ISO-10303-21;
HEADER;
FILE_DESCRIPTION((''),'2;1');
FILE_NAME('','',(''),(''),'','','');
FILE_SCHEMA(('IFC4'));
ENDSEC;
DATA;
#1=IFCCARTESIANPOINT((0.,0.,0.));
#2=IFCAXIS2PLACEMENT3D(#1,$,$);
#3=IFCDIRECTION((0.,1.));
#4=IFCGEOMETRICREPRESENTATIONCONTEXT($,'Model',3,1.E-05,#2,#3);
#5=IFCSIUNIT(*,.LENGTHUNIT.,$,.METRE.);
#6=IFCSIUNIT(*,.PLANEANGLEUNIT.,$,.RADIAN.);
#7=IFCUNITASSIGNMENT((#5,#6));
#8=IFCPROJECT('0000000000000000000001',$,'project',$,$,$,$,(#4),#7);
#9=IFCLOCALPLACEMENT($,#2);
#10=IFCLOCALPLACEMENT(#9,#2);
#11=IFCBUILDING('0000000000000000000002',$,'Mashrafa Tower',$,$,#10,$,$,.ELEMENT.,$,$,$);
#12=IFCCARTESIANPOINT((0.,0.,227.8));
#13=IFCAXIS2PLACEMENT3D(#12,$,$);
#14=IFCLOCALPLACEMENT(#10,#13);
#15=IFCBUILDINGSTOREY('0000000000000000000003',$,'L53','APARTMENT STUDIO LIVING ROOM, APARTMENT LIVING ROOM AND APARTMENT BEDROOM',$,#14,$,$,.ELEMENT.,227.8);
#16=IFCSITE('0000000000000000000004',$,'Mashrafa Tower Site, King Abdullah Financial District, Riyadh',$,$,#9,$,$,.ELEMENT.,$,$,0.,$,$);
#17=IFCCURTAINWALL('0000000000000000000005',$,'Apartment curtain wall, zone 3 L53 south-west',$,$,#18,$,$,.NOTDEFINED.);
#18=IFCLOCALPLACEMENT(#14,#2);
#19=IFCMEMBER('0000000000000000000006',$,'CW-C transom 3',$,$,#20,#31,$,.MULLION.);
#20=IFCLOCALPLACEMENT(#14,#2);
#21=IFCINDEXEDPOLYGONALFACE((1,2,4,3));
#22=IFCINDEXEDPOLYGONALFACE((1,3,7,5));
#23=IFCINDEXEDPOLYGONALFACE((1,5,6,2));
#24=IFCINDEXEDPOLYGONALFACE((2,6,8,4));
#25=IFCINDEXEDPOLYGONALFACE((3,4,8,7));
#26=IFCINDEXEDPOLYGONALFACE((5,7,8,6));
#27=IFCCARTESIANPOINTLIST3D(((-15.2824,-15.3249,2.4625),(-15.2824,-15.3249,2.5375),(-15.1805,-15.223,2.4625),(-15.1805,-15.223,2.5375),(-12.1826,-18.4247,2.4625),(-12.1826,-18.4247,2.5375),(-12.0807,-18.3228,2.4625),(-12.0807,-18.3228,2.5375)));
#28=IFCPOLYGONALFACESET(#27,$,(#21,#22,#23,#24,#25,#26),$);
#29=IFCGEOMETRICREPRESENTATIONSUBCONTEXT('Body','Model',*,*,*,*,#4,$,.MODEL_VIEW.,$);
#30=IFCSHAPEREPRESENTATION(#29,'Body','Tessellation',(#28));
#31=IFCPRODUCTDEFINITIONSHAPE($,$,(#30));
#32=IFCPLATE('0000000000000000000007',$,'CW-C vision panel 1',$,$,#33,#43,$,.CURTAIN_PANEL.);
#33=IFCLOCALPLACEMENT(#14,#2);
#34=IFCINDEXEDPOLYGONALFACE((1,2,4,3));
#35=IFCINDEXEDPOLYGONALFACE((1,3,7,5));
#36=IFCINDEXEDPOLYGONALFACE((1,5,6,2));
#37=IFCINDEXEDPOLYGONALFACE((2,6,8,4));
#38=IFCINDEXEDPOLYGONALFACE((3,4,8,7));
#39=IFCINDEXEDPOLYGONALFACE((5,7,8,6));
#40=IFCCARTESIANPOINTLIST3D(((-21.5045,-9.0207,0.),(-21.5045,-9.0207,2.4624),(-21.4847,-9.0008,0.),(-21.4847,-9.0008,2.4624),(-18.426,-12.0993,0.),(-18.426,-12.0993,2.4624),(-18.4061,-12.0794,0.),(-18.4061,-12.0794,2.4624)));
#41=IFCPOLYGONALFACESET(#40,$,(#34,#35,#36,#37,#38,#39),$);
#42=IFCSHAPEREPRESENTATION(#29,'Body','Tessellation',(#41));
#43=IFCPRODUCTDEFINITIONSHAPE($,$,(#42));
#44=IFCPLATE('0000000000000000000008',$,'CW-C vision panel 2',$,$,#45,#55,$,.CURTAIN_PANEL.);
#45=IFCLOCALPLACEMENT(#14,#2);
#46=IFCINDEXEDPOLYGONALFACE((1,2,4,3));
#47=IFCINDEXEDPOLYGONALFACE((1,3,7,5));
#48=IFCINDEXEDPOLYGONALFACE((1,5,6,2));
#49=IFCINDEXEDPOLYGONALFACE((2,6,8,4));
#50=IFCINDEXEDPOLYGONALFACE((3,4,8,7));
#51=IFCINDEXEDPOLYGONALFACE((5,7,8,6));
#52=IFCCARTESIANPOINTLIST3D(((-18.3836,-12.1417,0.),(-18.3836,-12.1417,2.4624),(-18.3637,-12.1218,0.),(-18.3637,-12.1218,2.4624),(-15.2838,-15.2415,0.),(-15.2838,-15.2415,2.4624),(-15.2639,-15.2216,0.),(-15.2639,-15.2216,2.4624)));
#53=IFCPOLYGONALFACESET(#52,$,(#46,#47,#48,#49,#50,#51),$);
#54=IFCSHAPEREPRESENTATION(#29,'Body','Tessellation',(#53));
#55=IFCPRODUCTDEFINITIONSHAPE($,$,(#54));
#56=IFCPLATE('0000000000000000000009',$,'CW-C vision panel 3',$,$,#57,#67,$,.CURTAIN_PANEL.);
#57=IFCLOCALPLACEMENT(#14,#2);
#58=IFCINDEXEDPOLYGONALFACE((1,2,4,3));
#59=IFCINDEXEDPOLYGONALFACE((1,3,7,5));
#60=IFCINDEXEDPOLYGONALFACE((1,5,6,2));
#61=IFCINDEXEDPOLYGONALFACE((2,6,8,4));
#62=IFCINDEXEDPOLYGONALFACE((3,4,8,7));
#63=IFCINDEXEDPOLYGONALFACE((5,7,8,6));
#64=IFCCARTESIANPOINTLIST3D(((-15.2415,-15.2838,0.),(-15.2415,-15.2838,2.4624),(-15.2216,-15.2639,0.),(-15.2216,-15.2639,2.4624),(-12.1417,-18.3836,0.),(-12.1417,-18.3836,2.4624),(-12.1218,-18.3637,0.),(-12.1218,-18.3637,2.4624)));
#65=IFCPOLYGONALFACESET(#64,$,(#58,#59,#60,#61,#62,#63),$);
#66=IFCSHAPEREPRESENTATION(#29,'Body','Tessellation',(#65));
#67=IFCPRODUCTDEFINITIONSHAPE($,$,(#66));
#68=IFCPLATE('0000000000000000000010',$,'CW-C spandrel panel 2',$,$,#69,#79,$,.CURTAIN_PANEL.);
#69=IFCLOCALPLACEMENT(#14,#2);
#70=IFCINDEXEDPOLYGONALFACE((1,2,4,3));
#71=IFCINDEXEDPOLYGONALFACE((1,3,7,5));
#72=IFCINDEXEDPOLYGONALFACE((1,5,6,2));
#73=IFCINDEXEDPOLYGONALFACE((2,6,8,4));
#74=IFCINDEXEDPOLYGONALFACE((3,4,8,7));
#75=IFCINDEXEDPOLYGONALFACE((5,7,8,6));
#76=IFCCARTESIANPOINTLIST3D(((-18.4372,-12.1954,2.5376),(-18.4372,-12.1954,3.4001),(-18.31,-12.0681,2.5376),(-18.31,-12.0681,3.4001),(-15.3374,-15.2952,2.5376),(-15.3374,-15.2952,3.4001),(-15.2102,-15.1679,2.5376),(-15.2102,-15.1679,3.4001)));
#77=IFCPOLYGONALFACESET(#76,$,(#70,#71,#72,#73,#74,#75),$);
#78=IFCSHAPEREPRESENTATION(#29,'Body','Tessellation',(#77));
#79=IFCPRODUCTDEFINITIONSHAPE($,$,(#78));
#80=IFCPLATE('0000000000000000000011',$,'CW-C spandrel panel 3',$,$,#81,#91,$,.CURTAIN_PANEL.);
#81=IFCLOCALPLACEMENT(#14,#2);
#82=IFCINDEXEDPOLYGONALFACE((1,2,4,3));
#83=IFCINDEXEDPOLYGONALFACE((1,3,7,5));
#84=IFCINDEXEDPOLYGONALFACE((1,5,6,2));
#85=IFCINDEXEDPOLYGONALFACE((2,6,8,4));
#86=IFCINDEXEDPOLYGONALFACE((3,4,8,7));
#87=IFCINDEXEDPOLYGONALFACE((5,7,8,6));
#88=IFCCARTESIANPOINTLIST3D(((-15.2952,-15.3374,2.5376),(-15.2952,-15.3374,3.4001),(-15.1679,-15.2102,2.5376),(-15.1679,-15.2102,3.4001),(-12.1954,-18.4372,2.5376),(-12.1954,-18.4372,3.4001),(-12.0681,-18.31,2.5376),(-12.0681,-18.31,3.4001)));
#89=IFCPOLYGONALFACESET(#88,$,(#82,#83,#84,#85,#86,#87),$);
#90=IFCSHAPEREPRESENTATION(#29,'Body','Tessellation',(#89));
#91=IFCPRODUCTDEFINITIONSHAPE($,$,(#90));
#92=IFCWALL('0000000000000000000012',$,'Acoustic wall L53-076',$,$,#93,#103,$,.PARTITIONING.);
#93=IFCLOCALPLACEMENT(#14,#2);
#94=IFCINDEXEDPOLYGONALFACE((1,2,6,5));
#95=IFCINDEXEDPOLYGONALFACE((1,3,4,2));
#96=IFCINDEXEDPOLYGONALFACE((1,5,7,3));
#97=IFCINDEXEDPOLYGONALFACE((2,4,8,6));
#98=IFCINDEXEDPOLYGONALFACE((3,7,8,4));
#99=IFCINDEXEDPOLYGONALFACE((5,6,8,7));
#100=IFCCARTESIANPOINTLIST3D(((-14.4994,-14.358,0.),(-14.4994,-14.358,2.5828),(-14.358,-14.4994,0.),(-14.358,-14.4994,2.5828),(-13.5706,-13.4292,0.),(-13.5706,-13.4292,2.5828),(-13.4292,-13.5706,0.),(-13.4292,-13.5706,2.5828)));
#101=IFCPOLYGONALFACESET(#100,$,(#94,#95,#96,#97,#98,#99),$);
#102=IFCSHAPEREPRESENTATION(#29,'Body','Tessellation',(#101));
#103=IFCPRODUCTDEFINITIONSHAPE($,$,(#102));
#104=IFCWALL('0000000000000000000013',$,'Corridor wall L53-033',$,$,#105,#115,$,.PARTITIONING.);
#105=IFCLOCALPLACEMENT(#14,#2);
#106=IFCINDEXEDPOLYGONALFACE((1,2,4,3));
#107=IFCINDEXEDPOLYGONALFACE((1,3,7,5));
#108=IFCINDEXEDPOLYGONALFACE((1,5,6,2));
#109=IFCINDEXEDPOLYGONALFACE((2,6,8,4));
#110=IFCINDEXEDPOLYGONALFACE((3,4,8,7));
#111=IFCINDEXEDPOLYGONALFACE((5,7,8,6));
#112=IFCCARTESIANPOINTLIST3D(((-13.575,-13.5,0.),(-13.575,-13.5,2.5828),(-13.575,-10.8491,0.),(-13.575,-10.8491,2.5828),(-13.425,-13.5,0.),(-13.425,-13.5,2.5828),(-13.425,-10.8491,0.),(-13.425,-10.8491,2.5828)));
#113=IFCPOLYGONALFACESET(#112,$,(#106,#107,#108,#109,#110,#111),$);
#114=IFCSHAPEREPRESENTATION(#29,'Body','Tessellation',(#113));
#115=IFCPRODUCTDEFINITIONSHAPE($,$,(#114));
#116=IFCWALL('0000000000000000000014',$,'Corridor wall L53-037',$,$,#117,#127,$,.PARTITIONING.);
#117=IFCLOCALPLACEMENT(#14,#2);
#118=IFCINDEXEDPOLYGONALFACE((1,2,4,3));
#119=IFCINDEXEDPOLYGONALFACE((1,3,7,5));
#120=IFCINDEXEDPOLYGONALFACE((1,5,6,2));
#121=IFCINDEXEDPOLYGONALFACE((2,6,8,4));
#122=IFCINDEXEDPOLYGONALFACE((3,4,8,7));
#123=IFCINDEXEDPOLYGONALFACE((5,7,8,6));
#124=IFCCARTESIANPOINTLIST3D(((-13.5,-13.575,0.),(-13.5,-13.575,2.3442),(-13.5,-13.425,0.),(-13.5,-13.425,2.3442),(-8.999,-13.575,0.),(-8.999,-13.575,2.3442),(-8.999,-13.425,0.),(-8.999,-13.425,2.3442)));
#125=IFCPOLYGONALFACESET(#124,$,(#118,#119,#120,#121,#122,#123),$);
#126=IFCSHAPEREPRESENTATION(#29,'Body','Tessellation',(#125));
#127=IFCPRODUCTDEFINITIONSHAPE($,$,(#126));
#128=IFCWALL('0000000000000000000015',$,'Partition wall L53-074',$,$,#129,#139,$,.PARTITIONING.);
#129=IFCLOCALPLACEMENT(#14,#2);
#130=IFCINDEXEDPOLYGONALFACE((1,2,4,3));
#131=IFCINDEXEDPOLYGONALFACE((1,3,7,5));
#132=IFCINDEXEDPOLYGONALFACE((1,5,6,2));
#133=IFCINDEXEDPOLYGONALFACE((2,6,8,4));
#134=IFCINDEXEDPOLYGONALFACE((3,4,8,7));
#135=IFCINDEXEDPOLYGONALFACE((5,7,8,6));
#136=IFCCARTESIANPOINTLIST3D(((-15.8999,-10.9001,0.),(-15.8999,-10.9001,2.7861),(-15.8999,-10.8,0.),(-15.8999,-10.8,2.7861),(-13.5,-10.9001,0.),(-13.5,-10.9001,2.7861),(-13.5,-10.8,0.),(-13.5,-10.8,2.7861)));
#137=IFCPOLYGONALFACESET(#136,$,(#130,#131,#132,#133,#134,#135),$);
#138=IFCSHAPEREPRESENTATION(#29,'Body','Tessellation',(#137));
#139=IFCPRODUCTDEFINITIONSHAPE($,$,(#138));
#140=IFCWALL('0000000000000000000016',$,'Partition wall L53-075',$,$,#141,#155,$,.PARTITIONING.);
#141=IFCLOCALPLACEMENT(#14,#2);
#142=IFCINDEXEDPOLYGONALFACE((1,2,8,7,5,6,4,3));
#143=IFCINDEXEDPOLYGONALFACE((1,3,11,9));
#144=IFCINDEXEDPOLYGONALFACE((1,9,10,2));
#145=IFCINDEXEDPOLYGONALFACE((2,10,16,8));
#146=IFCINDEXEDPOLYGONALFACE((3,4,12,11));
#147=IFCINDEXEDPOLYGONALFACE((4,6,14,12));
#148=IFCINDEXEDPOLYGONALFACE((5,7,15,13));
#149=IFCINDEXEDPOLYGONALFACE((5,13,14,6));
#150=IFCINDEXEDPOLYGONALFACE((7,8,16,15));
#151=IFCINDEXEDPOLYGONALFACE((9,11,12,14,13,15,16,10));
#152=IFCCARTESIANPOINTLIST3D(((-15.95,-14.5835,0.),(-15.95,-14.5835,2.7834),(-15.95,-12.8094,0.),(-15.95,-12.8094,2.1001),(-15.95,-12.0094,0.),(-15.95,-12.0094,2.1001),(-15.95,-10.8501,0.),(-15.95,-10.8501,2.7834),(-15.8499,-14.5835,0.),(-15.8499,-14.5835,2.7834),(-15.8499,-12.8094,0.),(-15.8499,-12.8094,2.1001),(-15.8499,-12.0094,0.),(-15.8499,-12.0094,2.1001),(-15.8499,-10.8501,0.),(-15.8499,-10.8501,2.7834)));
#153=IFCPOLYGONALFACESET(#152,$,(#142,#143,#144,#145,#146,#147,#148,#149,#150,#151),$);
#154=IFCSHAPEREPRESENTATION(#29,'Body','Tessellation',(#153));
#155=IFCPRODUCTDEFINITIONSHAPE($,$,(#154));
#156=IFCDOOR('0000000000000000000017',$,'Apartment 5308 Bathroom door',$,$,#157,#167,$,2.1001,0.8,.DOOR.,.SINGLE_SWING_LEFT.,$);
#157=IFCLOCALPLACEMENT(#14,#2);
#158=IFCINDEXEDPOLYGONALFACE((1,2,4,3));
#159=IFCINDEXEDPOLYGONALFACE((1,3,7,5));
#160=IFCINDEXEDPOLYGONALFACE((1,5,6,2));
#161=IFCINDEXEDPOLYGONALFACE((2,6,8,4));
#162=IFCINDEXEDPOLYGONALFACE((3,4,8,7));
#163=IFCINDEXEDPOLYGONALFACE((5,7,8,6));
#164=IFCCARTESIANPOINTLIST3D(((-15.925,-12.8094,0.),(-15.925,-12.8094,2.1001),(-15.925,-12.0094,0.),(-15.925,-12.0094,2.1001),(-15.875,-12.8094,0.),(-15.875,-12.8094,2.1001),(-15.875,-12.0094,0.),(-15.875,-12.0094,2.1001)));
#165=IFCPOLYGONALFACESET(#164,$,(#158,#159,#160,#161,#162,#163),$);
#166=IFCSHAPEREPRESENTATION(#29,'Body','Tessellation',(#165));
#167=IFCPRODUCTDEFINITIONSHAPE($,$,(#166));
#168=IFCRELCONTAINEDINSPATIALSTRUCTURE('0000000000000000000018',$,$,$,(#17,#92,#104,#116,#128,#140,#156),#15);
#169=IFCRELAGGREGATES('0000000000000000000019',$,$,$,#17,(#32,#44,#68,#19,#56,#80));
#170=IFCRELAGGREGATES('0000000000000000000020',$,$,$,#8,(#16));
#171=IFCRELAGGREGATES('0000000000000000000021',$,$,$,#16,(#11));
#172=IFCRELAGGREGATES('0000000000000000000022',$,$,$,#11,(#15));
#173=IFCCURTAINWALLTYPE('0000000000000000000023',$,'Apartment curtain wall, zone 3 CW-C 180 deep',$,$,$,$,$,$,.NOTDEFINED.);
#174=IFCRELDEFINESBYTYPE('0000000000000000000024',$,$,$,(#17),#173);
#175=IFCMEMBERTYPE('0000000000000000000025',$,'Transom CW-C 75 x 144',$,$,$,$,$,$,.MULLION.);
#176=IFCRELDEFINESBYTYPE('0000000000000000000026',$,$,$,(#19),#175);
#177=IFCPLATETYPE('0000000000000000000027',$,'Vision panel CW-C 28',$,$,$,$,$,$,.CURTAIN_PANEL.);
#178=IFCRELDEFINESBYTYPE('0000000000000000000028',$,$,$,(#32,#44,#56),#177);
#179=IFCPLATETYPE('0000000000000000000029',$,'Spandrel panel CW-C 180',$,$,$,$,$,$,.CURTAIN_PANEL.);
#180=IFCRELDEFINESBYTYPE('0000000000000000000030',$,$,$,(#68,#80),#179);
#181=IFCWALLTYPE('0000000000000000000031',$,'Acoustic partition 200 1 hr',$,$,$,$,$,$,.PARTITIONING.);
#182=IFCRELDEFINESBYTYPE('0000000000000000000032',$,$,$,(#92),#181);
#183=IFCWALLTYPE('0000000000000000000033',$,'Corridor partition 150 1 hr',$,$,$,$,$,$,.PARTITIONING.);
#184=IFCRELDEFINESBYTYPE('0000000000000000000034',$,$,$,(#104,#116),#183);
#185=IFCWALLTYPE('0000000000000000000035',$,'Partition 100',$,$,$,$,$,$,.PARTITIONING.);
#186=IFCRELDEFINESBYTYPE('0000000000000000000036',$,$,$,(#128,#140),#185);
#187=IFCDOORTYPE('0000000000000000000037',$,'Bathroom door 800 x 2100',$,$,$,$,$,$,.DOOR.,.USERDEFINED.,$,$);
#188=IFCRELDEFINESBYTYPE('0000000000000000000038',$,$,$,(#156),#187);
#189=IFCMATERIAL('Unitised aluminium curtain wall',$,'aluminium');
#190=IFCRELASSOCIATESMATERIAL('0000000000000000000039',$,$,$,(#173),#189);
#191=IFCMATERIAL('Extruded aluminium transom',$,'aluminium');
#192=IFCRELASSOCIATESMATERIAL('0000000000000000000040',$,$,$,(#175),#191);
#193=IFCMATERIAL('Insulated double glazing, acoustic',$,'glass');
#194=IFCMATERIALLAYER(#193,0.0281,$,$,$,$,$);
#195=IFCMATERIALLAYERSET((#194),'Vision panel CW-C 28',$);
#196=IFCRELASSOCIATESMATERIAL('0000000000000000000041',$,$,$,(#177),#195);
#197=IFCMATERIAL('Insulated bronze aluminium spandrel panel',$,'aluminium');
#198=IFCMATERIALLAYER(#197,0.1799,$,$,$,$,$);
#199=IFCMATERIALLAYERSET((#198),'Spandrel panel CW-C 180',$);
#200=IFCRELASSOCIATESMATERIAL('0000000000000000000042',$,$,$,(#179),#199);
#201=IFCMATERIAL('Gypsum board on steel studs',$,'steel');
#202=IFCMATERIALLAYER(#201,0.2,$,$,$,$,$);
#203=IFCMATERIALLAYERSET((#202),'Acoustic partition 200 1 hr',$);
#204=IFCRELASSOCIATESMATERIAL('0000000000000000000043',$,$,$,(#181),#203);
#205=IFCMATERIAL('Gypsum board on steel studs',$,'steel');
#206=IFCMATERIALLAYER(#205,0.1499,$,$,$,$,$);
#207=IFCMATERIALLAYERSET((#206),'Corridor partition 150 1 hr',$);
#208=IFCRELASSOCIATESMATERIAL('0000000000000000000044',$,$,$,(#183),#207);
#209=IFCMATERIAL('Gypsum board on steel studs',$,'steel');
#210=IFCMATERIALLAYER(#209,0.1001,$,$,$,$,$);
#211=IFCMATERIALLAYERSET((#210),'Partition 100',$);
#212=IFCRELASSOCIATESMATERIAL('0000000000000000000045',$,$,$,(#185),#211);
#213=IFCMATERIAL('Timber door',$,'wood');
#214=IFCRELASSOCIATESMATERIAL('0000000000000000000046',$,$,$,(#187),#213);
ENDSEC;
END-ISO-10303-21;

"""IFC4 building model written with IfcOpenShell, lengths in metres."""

from ifc_helpers import new_model, si_unit, direction, frame, frame_2d, origin, origin_2d, place, context, subcontext, project, spatial, rectangle, extrude, source, transform, mapped, material, layer, layer_set, material_profile, profile_set, type_object, type_shapes, element, fill, aggregate, save


model = new_model("IFC4")

# Units and contexts
model_context = context("Model", 3, precision=1e-05, world=origin(), true_north=direction((0.0, 1.0)))
body_context = subcontext(model_context, "Body", "Model", "MODEL_VIEW")
ifc_project = project(units=[si_unit("LENGTHUNIT", "METRE"), si_unit("PLANEANGLEUNIT", "RADIAN")], contexts=[model_context])

# Site, building, storey
site_placement = place(None, origin())
site = spatial("IfcSite", under=ifc_project, at=site_placement, Name="Mashrafa Tower Site, King Abdullah Financial District, Riyadh", CompositionType="ELEMENT", RefElevation=0.0)
building_placement = place(site_placement, origin())
building = spatial("IfcBuilding", under=site, at=building_placement, Name="Mashrafa Tower", CompositionType="ELEMENT")
storey_placement = place(building_placement, frame((0.0, 0.0, 227.8)))
storey = spatial("IfcBuildingStorey", under=building, at=storey_placement, Name="L53", Description="APARTMENT STUDIO LIVING ROOM, APARTMENT LIVING ROOM AND APARTMENT BEDROOM", CompositionType="ELEMENT", Elevation=227.8)

# Curtain wall, member, plates
ifc_material_1 = material(Name="Unitised aluminium curtain wall", Category="aluminium")
curtain_wall_type = type_object("IfcCurtainWallType", Name="Apartment curtain wall, zone 3 CW-C 180 deep", PredefinedType="NOTDEFINED", material=ifc_material_1)
curtain_wall_placement = place(storey_placement, origin())
curtain_wall = element("IfcCurtainWall", 1, at=curtain_wall_placement, inside=storey, type_object=curtain_wall_type, Name="Apartment curtain wall, zone 3 L53 south-west", PredefinedType="NOTDEFINED")
ifc_material_2 = material(Name="Extruded aluminium transom", Category="aluminium")
ifc_material_profile_1 = material_profile(ifc_material_2, rectangle(XDim=0.144, YDim=0.075, at=origin_2d()), Name="Transom 75x144")
ifc_profile_set_1 = profile_set([ifc_material_profile_1], Name="Extruded aluminium transom")
member_type_1 = type_object("IfcMemberType", Name="Transom CW-C 75 x 144", PredefinedType="MULLION", material=ifc_profile_set_1)
shared_shape_1 = source(origin(), body_context, "Body", "SweptSolid", [
    extrude(rectangle(XDim=0.144, YDim=0.075, at=origin_2d()), origin(), (0.0, 0.0, 1.0), 4.3838),
])
member_1_placement = place(storey_placement, frame((-15.2314, -15.2739, 2.5), z_axis=(0.707107, -0.707107, 0.0), x_axis=(0.707107, 0.707107, 0.0)))
member_1 = element("IfcMember", 2, at=member_1_placement, type_object=member_type_1, Name="CW-C transom 3", PredefinedType="MULLION", context=body_context, shape_type="MappedRepresentation", body=[
    mapped(shared_shape_1, transform((0.0, 0.0, 0.0))),
])
ifc_material_3 = material(Name="Insulated double glazing, acoustic", Category="glass")
ifc_layer_1 = layer(ifc_material_3, 0.0281)
ifc_layer_set_1 = layer_set([ifc_layer_1], Name="Vision panel CW-C 28")
plate_type_1 = type_object("IfcPlateType", Name="Vision panel CW-C 28", PredefinedType="CURTAIN_PANEL", material=ifc_layer_set_1)
shared_shape_2 = source(origin(), body_context, "Body", "SweptSolid", [
    extrude(rectangle(XDim=4.3538, YDim=0.0281, at=origin_2d()), origin(), (0.0, 0.0, 1.0), 2.4624),
])
plate_1_placement = place(storey_placement, frame((-19.9553, -10.55, 0.0), z_axis=(0.0, 0.0, 1.0), x_axis=(0.707107, -0.707107, 0.0)))
plate_1 = element("IfcPlate", 3, at=plate_1_placement, type_object=plate_type_1, Name="CW-C vision panel 1", PredefinedType="CURTAIN_PANEL", context=body_context, shape_type="MappedRepresentation", body=[
    mapped(shared_shape_2, transform((0.0, 0.0, 0.0))),
])
shared_shape_3 = source(origin(), body_context, "Body", "SweptSolid", [
    extrude(rectangle(XDim=4.3838, YDim=0.0281, at=origin_2d()), origin(), (0.0, 0.0, 1.0), 2.4624),
])
type_shapes(plate_type_1, [shared_shape_2, shared_shape_3])
plate_2_placement = place(storey_placement, frame((-16.8237, -13.6816, 0.0), z_axis=(0.0, 0.0, 1.0), x_axis=(0.707107, -0.707107, 0.0)))
plate_2 = element("IfcPlate", 4, at=plate_2_placement, type_object=plate_type_1, Name="CW-C vision panel 2", PredefinedType="CURTAIN_PANEL", context=body_context, shape_type="MappedRepresentation", body=[
    mapped(shared_shape_3, transform((0.0, 0.0, 0.0))),
])
plate_3_placement = place(storey_placement, frame((-13.6816, -16.8237, 0.0), z_axis=(0.0, 0.0, 1.0), x_axis=(0.707107, -0.707107, 0.0)))
plate_3 = element("IfcPlate", 5, at=plate_3_placement, type_object=plate_type_1, Name="CW-C vision panel 3", PredefinedType="CURTAIN_PANEL", context=body_context, shape_type="MappedRepresentation", body=[
    mapped(shared_shape_3, transform((0.0, 0.0, 0.0))),
])
ifc_material_4 = material(Name="Insulated bronze aluminium spandrel panel", Category="aluminium")
ifc_layer_2 = layer(ifc_material_4, 0.1799)
ifc_layer_set_2 = layer_set([ifc_layer_2], Name="Spandrel panel CW-C 180")
plate_type_2 = type_object("IfcPlateType", Name="Spandrel panel CW-C 180", PredefinedType="CURTAIN_PANEL", material=ifc_layer_set_2)
shared_shape_4 = source(origin(), body_context, "Body", "SweptSolid", [
    extrude(rectangle(XDim=4.3838, YDim=0.1799, at=origin_2d()), origin(), (0.0, 0.0, 1.0), 0.8625),
])
type_shapes(plate_type_2, [shared_shape_4])
plate_4_placement = place(storey_placement, frame((-16.8237, -13.6816, 2.5376), z_axis=(0.0, 0.0, 1.0), x_axis=(0.707107, -0.707107, 0.0)))
plate_4 = element("IfcPlate", 6, at=plate_4_placement, type_object=plate_type_2, Name="CW-C spandrel panel 2", PredefinedType="CURTAIN_PANEL", context=body_context, shape_type="MappedRepresentation", body=[
    mapped(shared_shape_4, transform((0.0, 0.0, 0.0))),
])
plate_5_placement = place(storey_placement, frame((-13.6816, -16.8237, 2.5376), z_axis=(0.0, 0.0, 1.0), x_axis=(0.707107, -0.707107, 0.0)))
plate_5 = element("IfcPlate", 7, at=plate_5_placement, type_object=plate_type_2, Name="CW-C spandrel panel 3", PredefinedType="CURTAIN_PANEL", context=body_context, shape_type="MappedRepresentation", body=[
    mapped(shared_shape_4, transform((0.0, 0.0, 0.0))),
])
aggregate(curtain_wall, [plate_1, plate_2, plate_4, member_1, plate_3, plate_5])

# Walls
ifc_material_5 = material(Name="Gypsum board on steel studs", Category="steel")
ifc_layer_3 = layer(ifc_material_5, 0.2)
ifc_layer_set_3 = layer_set([ifc_layer_3], Name="Acoustic partition 200 1 hr")
wall_type_1 = type_object("IfcWallType", Name="Acoustic partition 200 1 hr", PredefinedType="PARTITIONING", material=ifc_layer_set_3)
wall_1_placement = place(storey_placement, frame((-14.4287, -14.4287, 0.0), z_axis=(0.0, 0.0, 1.0), x_axis=(0.707107, 0.707107, 0.0)))
element("IfcWall", 8, at=wall_1_placement, inside=storey, type_object=wall_type_1, Name="Acoustic wall L53-076", PredefinedType="PARTITIONING", context=body_context, shape_type="SweptSolid", body=[
    extrude(rectangle(XDim=1.3135, YDim=0.2, at=frame_2d((0.6567, 0.0))), origin(), (0.0, 0.0, 1.0), 2.5828),
])
ifc_material_6 = material(Name="Gypsum board on steel studs", Category="steel")
ifc_layer_4 = layer(ifc_material_6, 0.1499)
ifc_layer_set_4 = layer_set([ifc_layer_4], Name="Corridor partition 150 1 hr")
wall_type_2 = type_object("IfcWallType", Name="Corridor partition 150 1 hr", PredefinedType="PARTITIONING", material=ifc_layer_set_4)
wall_2_placement = place(storey_placement, frame((-13.5, -10.8491, 0.0), z_axis=(0.0, 0.0, 1.0), x_axis=(0.0, -1.0, 0.0)))
element("IfcWall", 9, at=wall_2_placement, inside=storey, type_object=wall_type_2, Name="Corridor wall L53-033", PredefinedType="PARTITIONING", context=body_context, shape_type="SweptSolid", body=[
    extrude(rectangle(XDim=2.6509, YDim=0.1499, at=frame_2d((1.3254, 0.0))), origin(), (0.0, 0.0, 1.0), 2.5828),
])
wall_3_placement = place(storey_placement, frame((-13.5, -13.5, 0.0), z_axis=(0.0, 0.0, 1.0), x_axis=(1.0, 0.0, 0.0)))
element("IfcWall", 10, at=wall_3_placement, inside=storey, type_object=wall_type_2, Name="Corridor wall L53-037", PredefinedType="PARTITIONING", context=body_context, shape_type="SweptSolid", body=[
    extrude(rectangle(XDim=4.501, YDim=0.1499, at=frame_2d((2.2505, 0.0))), origin(), (0.0, 0.0, 1.0), 2.3442),
])
ifc_material_7 = material(Name="Gypsum board on steel studs", Category="steel")
ifc_layer_5 = layer(ifc_material_7, 0.1001)
ifc_layer_set_5 = layer_set([ifc_layer_5], Name="Partition 100")
wall_type_3 = type_object("IfcWallType", Name="Partition 100", PredefinedType="PARTITIONING", material=ifc_layer_set_5)
wall_4_placement = place(storey_placement, frame((-13.5, -10.8501, 0.0), z_axis=(0.0, 0.0, 1.0), x_axis=(-1.0, 0.0, 0.0)))
element("IfcWall", 11, at=wall_4_placement, inside=storey, type_object=wall_type_3, Name="Partition wall L53-074", PredefinedType="PARTITIONING", context=body_context, shape_type="SweptSolid", body=[
    extrude(rectangle(XDim=2.3999, YDim=0.1001, at=frame_2d((1.2, 0.0))), origin(), (0.0, 0.0, 1.0), 2.7861),
])

# Wall, opening, door
wall_5_placement = place(storey_placement, frame((-15.8999, -10.8501, 0.0), z_axis=(0.0, 0.0, 1.0), x_axis=(0.0, -1.0, 0.0)))
wall_5 = element("IfcWall", 12, at=wall_5_placement, inside=storey, type_object=wall_type_3, Name="Partition wall L53-075", PredefinedType="PARTITIONING", context=body_context, shape_type="SweptSolid", body=[
    extrude(rectangle(XDim=3.7334, YDim=0.1001, at=frame_2d((1.8667, 0.0))), origin(), (0.0, 0.0, 1.0), 2.7834),
])
opening_placement = place(wall_5_placement, frame((1.1594, 0.0, 0.0)))
opening = element("IfcOpeningElement", 13, at=opening_placement, cuts=wall_5, PredefinedType="OPENING", context=body_context, shape_type="SweptSolid", body=[
    extrude(rectangle(XDim=0.8, YDim=2.1001, at=frame_2d((0.3999, 1.05))), frame((0.0, 0.0601, 0.0), z_axis=(0.0, -1.0, 0.0), x_axis=(1.0, 0.0, 0.0)), (0.0, 0.0, 1.0), 0.1201),
])
ifc_material_8 = material(Name="Timber door", Category="wood")
door_type = type_object("IfcDoorType", Name="Bathroom door 800 x 2100", OperationType="USERDEFINED", PredefinedType="DOOR", material=ifc_material_8)
door_placement = place(opening_placement, origin())
door = element("IfcDoor", 14, at=door_placement, inside=storey, type_object=door_type, Name="Apartment 5308 Bathroom door", OperationType="SINGLE_SWING_LEFT", OverallHeight=2.1001, OverallWidth=0.8, PredefinedType="DOOR", context=body_context, shape_type="SweptSolid", body=[
    extrude(rectangle(XDim=0.8, YDim=2.1001, at=frame_2d((0.3999, 1.05))), frame((0.0, 0.0249, 0.0), z_axis=(0.0, -1.0, 0.0), x_axis=(1.0, 0.0, 0.0)), (0.0, 0.0, 1.0), 0.05),
])
fill(opening, door)

save(model, "model.ifc")
